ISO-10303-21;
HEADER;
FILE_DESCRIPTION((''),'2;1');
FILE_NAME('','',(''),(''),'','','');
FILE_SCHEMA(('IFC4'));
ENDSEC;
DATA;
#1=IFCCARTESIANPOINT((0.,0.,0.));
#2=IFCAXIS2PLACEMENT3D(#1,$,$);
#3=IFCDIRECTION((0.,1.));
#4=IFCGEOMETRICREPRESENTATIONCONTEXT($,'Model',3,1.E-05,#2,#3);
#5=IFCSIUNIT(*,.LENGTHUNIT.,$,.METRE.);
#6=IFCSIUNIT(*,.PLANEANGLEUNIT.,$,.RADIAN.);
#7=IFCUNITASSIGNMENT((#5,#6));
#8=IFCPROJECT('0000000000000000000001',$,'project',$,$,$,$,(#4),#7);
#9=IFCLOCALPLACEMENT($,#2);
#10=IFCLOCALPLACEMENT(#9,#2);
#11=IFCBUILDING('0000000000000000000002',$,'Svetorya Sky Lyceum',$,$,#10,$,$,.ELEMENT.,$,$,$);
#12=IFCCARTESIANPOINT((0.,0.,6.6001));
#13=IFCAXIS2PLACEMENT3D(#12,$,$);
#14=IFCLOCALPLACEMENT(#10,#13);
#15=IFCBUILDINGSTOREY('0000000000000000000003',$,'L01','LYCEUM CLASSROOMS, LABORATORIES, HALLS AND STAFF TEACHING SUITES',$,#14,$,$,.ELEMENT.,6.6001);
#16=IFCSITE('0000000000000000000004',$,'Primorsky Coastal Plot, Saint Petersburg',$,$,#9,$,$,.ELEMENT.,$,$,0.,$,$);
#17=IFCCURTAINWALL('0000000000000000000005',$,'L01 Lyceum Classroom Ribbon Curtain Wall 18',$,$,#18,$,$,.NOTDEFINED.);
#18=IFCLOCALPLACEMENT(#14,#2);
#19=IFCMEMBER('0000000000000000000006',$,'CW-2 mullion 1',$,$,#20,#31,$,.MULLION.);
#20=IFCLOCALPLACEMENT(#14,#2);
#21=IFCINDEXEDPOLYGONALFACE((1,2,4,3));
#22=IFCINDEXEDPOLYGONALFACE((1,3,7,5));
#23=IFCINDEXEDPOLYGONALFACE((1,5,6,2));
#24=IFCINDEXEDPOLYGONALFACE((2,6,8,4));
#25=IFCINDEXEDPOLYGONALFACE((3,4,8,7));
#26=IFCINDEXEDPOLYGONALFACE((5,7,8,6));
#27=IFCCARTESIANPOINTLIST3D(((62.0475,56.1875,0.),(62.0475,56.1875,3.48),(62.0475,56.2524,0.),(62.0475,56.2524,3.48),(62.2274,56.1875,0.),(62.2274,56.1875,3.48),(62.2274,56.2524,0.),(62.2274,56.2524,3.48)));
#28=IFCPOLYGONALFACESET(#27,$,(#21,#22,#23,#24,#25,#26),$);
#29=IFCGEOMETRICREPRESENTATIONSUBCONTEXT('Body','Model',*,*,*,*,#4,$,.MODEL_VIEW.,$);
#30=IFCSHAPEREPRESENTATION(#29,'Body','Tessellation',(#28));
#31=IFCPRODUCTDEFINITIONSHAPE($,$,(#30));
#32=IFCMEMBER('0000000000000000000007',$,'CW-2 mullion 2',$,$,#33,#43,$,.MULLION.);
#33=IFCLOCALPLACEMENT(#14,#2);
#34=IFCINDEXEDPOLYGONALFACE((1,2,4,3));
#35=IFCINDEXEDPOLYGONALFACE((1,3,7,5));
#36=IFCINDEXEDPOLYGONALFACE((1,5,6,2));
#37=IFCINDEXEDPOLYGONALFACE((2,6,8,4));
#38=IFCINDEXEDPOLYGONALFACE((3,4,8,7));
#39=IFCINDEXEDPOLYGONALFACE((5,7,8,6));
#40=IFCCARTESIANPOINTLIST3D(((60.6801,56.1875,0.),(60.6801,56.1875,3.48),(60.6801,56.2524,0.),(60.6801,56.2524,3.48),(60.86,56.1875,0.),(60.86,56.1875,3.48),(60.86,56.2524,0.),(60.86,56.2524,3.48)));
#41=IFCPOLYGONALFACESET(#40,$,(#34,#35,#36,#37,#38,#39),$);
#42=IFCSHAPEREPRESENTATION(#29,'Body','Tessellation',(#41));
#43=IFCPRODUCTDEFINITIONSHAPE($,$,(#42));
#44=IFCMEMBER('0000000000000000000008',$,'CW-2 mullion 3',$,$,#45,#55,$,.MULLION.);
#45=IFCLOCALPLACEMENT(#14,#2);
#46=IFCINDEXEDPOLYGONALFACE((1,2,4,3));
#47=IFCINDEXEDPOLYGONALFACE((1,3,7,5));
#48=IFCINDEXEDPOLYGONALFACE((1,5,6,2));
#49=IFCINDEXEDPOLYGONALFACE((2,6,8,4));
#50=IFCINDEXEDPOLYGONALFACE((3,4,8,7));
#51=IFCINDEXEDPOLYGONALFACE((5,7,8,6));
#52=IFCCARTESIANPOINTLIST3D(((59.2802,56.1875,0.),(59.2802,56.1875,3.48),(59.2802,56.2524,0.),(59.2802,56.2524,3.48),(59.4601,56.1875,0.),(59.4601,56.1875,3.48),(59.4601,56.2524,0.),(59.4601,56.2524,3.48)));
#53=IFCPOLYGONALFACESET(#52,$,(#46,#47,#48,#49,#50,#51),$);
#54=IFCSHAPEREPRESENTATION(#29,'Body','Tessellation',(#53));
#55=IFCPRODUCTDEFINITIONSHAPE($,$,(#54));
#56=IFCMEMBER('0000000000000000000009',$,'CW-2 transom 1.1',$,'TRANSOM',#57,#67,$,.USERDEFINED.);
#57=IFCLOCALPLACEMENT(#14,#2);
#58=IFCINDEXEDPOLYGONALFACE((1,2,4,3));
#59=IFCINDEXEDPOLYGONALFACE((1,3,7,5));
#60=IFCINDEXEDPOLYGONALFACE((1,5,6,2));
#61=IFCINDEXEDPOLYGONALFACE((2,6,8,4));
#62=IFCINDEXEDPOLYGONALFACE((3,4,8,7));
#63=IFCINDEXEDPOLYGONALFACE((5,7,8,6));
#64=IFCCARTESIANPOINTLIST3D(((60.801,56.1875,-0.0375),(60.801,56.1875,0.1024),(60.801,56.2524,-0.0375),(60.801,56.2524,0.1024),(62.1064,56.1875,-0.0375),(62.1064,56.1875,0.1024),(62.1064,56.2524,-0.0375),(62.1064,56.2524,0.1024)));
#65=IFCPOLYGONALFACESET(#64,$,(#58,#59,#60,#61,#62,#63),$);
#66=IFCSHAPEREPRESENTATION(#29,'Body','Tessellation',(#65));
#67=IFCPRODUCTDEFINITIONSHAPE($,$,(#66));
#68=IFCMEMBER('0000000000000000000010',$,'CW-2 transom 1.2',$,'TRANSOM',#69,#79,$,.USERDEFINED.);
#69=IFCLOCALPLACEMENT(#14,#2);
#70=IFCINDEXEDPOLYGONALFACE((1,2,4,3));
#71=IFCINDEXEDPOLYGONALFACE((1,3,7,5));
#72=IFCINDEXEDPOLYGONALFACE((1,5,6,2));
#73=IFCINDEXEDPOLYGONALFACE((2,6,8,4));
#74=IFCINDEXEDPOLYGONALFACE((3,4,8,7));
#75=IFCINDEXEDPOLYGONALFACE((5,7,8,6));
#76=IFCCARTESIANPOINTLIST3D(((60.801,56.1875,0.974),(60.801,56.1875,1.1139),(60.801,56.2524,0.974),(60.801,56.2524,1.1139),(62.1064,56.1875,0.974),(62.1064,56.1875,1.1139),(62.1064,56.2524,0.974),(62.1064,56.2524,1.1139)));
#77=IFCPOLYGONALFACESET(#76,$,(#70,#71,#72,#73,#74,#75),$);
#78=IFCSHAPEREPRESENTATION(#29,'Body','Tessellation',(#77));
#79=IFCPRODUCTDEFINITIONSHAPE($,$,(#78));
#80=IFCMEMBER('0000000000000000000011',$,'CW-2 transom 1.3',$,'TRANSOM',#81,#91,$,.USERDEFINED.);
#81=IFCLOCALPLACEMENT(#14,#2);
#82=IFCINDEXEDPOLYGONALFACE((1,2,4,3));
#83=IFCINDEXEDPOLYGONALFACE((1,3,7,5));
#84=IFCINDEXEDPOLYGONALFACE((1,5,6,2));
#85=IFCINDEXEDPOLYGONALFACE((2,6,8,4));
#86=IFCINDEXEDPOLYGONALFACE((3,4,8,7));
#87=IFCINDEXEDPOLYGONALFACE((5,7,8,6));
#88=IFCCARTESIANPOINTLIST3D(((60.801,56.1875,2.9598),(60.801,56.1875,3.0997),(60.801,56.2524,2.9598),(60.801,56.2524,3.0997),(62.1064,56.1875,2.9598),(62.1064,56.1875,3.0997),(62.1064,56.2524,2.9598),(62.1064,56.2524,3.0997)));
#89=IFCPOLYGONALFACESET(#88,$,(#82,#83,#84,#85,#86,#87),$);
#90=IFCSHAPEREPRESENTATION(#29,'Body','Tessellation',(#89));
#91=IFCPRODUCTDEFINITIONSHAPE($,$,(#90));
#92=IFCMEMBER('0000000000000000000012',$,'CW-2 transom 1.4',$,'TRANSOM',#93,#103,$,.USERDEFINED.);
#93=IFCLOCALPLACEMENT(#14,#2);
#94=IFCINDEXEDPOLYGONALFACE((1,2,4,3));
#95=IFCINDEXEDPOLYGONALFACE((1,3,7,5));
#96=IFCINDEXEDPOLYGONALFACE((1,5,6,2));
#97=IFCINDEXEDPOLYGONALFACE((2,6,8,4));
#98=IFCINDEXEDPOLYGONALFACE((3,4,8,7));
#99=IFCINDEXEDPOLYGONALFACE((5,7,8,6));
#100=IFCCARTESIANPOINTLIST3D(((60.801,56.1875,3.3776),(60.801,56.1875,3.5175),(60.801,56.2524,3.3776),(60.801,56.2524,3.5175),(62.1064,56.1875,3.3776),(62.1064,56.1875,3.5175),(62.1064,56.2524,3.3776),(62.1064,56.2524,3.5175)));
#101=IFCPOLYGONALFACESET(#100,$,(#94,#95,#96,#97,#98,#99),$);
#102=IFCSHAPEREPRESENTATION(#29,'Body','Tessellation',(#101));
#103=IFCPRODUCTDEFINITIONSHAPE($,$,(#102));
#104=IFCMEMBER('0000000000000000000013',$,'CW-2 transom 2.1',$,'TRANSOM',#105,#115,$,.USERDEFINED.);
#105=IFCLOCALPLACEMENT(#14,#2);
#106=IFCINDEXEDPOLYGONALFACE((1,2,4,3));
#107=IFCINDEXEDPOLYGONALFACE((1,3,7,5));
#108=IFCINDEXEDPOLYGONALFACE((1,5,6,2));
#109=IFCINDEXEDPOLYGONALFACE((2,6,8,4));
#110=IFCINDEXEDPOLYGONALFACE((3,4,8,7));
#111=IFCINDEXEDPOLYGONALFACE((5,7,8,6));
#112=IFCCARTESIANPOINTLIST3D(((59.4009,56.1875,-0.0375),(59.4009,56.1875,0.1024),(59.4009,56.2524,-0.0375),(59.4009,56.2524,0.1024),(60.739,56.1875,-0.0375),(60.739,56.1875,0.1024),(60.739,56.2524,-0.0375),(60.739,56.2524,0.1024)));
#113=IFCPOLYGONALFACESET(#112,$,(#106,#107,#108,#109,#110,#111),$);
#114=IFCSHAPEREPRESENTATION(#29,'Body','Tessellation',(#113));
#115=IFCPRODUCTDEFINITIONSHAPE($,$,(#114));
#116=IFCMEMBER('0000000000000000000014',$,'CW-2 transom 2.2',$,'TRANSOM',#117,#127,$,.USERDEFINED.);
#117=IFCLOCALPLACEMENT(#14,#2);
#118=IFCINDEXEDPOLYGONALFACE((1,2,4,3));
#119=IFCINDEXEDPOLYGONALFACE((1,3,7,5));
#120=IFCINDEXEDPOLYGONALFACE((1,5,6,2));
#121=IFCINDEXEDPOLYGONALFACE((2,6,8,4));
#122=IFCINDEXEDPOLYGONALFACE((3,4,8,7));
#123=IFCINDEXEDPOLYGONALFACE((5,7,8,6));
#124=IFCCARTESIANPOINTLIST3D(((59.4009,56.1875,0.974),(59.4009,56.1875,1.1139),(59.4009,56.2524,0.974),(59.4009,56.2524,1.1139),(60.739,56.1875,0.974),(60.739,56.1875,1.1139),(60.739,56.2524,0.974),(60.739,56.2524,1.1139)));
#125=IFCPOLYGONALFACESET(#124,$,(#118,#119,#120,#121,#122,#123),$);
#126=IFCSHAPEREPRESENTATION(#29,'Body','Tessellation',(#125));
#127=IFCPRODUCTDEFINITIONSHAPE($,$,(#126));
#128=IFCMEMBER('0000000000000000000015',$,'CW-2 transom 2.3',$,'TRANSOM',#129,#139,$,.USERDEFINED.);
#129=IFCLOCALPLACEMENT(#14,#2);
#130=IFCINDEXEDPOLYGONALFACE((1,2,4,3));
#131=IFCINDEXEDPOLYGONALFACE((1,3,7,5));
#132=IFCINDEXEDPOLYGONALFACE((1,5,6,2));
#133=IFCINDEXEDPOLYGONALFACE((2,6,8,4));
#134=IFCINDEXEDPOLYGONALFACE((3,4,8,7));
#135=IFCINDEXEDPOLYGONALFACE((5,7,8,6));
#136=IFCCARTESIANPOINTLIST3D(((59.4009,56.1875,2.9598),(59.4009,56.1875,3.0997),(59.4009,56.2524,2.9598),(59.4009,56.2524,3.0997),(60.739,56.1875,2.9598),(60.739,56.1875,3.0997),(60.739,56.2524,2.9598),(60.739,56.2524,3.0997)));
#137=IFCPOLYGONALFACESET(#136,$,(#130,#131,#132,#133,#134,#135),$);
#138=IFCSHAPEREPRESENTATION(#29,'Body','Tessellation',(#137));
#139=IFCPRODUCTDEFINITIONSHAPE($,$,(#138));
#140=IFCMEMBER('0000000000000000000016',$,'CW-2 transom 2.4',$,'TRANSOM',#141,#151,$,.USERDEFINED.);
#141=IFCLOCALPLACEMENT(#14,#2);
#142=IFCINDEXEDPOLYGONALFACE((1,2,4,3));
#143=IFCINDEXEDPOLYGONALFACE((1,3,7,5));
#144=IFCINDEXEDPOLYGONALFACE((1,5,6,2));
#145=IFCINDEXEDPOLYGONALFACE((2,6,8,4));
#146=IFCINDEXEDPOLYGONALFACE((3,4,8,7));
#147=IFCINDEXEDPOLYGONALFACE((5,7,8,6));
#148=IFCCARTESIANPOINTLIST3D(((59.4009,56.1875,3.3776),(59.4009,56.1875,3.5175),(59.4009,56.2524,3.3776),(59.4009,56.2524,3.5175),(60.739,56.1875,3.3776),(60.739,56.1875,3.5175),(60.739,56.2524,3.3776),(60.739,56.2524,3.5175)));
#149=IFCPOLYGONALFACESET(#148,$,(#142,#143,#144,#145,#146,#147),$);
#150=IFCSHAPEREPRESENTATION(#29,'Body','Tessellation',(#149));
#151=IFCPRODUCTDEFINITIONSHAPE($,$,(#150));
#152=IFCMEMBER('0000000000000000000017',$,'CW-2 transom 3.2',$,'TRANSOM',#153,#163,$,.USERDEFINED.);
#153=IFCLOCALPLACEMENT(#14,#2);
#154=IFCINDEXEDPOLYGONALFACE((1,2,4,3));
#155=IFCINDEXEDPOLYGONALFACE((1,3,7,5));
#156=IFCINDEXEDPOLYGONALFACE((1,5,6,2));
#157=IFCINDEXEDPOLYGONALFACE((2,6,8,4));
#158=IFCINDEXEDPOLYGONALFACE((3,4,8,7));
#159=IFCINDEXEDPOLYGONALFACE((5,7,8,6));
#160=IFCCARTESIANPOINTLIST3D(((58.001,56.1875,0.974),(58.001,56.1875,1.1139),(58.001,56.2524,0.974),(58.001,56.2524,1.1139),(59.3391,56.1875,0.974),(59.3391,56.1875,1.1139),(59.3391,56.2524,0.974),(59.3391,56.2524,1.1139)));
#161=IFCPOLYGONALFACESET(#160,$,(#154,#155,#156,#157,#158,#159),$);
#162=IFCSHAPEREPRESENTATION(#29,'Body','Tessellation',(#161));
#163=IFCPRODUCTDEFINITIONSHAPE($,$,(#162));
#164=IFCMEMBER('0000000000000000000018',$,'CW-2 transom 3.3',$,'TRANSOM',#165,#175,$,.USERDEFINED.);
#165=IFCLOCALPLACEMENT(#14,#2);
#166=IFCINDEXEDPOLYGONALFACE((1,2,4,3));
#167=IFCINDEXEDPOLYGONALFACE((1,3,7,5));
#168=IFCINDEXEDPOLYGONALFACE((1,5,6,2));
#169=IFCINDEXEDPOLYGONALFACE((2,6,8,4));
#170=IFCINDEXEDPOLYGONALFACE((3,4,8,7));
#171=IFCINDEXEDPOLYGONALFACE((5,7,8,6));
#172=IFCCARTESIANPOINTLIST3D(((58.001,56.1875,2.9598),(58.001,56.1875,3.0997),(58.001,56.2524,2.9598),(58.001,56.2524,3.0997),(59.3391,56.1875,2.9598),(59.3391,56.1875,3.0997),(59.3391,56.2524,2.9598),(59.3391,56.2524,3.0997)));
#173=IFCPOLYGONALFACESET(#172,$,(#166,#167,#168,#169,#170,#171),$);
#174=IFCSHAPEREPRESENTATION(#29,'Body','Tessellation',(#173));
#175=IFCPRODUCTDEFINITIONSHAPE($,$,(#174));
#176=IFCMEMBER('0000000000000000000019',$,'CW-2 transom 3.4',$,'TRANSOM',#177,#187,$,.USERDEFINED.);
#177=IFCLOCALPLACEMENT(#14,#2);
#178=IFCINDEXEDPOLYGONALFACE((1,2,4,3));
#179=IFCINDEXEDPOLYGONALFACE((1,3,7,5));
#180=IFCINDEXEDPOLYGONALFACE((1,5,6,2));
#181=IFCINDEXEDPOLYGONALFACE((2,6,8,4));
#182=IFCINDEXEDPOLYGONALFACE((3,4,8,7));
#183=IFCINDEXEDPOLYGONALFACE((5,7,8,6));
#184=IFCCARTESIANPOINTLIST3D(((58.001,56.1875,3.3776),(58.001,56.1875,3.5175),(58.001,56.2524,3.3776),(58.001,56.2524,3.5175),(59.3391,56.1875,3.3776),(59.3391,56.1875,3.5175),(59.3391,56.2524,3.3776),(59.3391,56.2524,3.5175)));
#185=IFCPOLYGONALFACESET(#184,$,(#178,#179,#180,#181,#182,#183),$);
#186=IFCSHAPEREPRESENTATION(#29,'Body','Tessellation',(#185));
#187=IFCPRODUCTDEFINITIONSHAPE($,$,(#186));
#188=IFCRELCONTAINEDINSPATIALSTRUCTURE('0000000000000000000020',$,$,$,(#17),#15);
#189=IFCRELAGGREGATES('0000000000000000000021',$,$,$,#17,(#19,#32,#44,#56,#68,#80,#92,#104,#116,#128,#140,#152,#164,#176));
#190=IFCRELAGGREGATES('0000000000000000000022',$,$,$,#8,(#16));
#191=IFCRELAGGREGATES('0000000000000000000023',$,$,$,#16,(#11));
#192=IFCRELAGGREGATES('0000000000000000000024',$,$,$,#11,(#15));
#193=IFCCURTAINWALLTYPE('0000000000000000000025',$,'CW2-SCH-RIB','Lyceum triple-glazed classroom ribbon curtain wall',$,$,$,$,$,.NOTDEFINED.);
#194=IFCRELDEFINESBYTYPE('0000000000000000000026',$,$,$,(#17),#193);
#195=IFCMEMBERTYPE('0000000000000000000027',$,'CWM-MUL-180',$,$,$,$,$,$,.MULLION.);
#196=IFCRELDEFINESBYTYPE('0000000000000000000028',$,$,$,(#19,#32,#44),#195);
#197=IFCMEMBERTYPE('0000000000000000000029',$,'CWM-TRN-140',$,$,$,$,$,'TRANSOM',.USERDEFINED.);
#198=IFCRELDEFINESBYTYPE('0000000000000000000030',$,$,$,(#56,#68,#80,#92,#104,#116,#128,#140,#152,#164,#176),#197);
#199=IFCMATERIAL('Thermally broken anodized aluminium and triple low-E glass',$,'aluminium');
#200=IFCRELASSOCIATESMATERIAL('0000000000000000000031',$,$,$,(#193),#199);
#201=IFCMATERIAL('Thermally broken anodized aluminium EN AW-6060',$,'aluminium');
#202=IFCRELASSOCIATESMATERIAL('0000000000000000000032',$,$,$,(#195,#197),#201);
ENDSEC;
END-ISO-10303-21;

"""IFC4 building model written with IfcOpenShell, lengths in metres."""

from ifc_helpers import new_model, si_unit, direction, frame, origin, origin_2d, place, context, subcontext, project, spatial, rectangle, extrude, material, material_profile, profile_set, type_object, element, aggregate, save


model = new_model("IFC4")

# Units and contexts
model_context = context("Model", 3, precision=1e-05, world=origin(), true_north=direction((0.0, 1.0)))
body_context = subcontext(model_context, "Body", "Model", "MODEL_VIEW")
ifc_project = project(units=[si_unit("LENGTHUNIT", "METRE"), si_unit("PLANEANGLEUNIT", "RADIAN")], contexts=[model_context])

# Site, building, storey
site_placement = place(None, origin())
site = spatial("IfcSite", under=ifc_project, at=site_placement, Name="Primorsky Coastal Plot, Saint Petersburg", CompositionType="ELEMENT", RefElevation=0.0)
building_placement = place(site_placement, origin())
building = spatial("IfcBuilding", under=site, at=building_placement, Name="Svetorya Sky Lyceum", CompositionType="ELEMENT")
storey_placement = place(building_placement, frame((0.0, 0.0, 6.6001)))
storey = spatial("IfcBuildingStorey", under=building, at=storey_placement, Name="L01", Description="LYCEUM CLASSROOMS, LABORATORIES, HALLS AND STAFF TEACHING SUITES", CompositionType="ELEMENT", Elevation=6.6001)

# Curtain wall, members
ifc_material_1 = material(Name="Thermally broken anodized aluminium and triple low-E glass", Category="aluminium")
curtain_wall_type = type_object("IfcCurtainWallType", Name="CW2-SCH-RIB", Description="Lyceum triple-glazed classroom ribbon curtain wall", PredefinedType="NOTDEFINED", material=ifc_material_1)
curtain_wall_placement = place(storey_placement, origin())
curtain_wall = element("IfcCurtainWall", 1, at=curtain_wall_placement, inside=storey, type_object=curtain_wall_type, Name="L01 Lyceum Classroom Ribbon Curtain Wall 18", PredefinedType="NOTDEFINED")
ifc_material_2 = material(Name="Thermally broken anodized aluminium EN AW-6060", Category="aluminium")
ifc_material_profile_1 = material_profile(ifc_material_2, rectangle(XDim=0.0649, YDim=0.1799, at=origin_2d()), Name="ALU MULLION 65x180")
ifc_profile_set_1 = profile_set([ifc_material_profile_1], Name="Thermally broken anodized aluminium EN AW-6060")
member_type_1 = type_object("IfcMemberType", Name="CWM-MUL-180", PredefinedType="MULLION", material=ifc_profile_set_1)
member_1_placement = place(storey_placement, frame((62.1375, 56.22, 0.0), z_axis=(0.0, 0.0, 1.0), x_axis=(0.0, -1.0, 0.0)))
member_1 = element("IfcMember", 2, at=member_1_placement, type_object=member_type_1, Name="CW-2 mullion 1", PredefinedType="MULLION", context=body_context, shape_type="SweptSolid", body=[
    extrude(rectangle(XDim=0.0649, YDim=0.1799, at=origin_2d()), origin(), (0.0, 0.0, 1.0), 3.48),
])
member_2_placement = place(storey_placement, frame((60.77, 56.22, 0.0), z_axis=(0.0, 0.0, 1.0), x_axis=(0.0, -1.0, 0.0)))
member_2 = element("IfcMember", 3, at=member_2_placement, type_object=member_type_1, Name="CW-2 mullion 2", PredefinedType="MULLION", context=body_context, shape_type="SweptSolid", body=[
    extrude(rectangle(XDim=0.0649, YDim=0.1799, at=origin_2d()), origin(), (0.0, 0.0, 1.0), 3.48),
])
member_3_placement = place(storey_placement, frame((59.3701, 56.22, 0.0), z_axis=(0.0, 0.0, 1.0), x_axis=(0.0, -1.0, 0.0)))
member_3 = element("IfcMember", 4, at=member_3_placement, type_object=member_type_1, Name="CW-2 mullion 3", PredefinedType="MULLION", context=body_context, shape_type="SweptSolid", body=[
    extrude(rectangle(XDim=0.0649, YDim=0.1799, at=origin_2d()), origin(), (0.0, 0.0, 1.0), 3.48),
])
ifc_material_profile_2 = material_profile(ifc_material_2, rectangle(XDim=0.0649, YDim=0.1399, at=origin_2d()), Name="ALU TRANSOM 65x140")
ifc_profile_set_2 = profile_set([ifc_material_profile_2], Name="Thermally broken anodized aluminium EN AW-6060")
member_type_2 = type_object("IfcMemberType", Name="CWM-TRN-140", ElementType="TRANSOM", PredefinedType="USERDEFINED", material=ifc_profile_set_2)
member_4_placement = place(storey_placement, frame((62.1064, 56.22, 0.0325), z_axis=(-1.0, 0.0, 0.0), x_axis=(0.0, -1.0, 0.0)))
member_4 = element("IfcMember", 5, at=member_4_placement, type_object=member_type_2, Name="CW-2 transom 1.1", ObjectType="TRANSOM", PredefinedType="USERDEFINED", context=body_context, shape_type="SweptSolid", body=[
    extrude(rectangle(XDim=0.0649, YDim=0.1399, at=origin_2d()), origin(), (0.0, 0.0, 1.0), 1.3054),
])
member_5_placement = place(storey_placement, frame((62.1064, 56.22, 1.0439), z_axis=(-1.0, 0.0, 0.0), x_axis=(0.0, -1.0, 0.0)))
member_5 = element("IfcMember", 6, at=member_5_placement, type_object=member_type_2, Name="CW-2 transom 1.2", ObjectType="TRANSOM", PredefinedType="USERDEFINED", context=body_context, shape_type="SweptSolid", body=[
    extrude(rectangle(XDim=0.0649, YDim=0.1399, at=origin_2d()), origin(), (0.0, 0.0, 1.0), 1.3054),
])
member_6_placement = place(storey_placement, frame((62.1064, 56.22, 3.0298), z_axis=(-1.0, 0.0, 0.0), x_axis=(0.0, -1.0, 0.0)))
member_6 = element("IfcMember", 7, at=member_6_placement, type_object=member_type_2, Name="CW-2 transom 1.3", ObjectType="TRANSOM", PredefinedType="USERDEFINED", context=body_context, shape_type="SweptSolid", body=[
    extrude(rectangle(XDim=0.0649, YDim=0.1399, at=origin_2d()), origin(), (0.0, 0.0, 1.0), 1.3054),
])
member_7_placement = place(storey_placement, frame((62.1064, 56.22, 3.4475), z_axis=(-1.0, 0.0, 0.0), x_axis=(0.0, -1.0, 0.0)))
member_7 = element("IfcMember", 8, at=member_7_placement, type_object=member_type_2, Name="CW-2 transom 1.4", ObjectType="TRANSOM", PredefinedType="USERDEFINED", context=body_context, shape_type="SweptSolid", body=[
    extrude(rectangle(XDim=0.0649, YDim=0.1399, at=origin_2d()), origin(), (0.0, 0.0, 1.0), 1.3054),
])
member_8_placement = place(storey_placement, frame((60.739, 56.22, 0.0325), z_axis=(-1.0, 0.0, 0.0), x_axis=(0.0, -1.0, 0.0)))
member_8 = element("IfcMember", 9, at=member_8_placement, type_object=member_type_2, Name="CW-2 transom 2.1", ObjectType="TRANSOM", PredefinedType="USERDEFINED", context=body_context, shape_type="SweptSolid", body=[
    extrude(rectangle(XDim=0.0649, YDim=0.1399, at=origin_2d()), origin(), (0.0, 0.0, 1.0), 1.3381),
])
member_9_placement = place(storey_placement, frame((60.739, 56.22, 1.0439), z_axis=(-1.0, 0.0, 0.0), x_axis=(0.0, -1.0, 0.0)))
member_9 = element("IfcMember", 10, at=member_9_placement, type_object=member_type_2, Name="CW-2 transom 2.2", ObjectType="TRANSOM", PredefinedType="USERDEFINED", context=body_context, shape_type="SweptSolid", body=[
    extrude(rectangle(XDim=0.0649, YDim=0.1399, at=origin_2d()), origin(), (0.0, 0.0, 1.0), 1.3381),
])
member_10_placement = place(storey_placement, frame((60.739, 56.22, 3.0298), z_axis=(-1.0, 0.0, 0.0), x_axis=(0.0, -1.0, 0.0)))
member_10 = element("IfcMember", 11, at=member_10_placement, type_object=member_type_2, Name="CW-2 transom 2.3", ObjectType="TRANSOM", PredefinedType="USERDEFINED", context=body_context, shape_type="SweptSolid", body=[
    extrude(rectangle(XDim=0.0649, YDim=0.1399, at=origin_2d()), origin(), (0.0, 0.0, 1.0), 1.3381),
])
member_11_placement = place(storey_placement, frame((60.739, 56.22, 3.4475), z_axis=(-1.0, 0.0, 0.0), x_axis=(0.0, -1.0, 0.0)))
member_11 = element("IfcMember", 12, at=member_11_placement, type_object=member_type_2, Name="CW-2 transom 2.4", ObjectType="TRANSOM", PredefinedType="USERDEFINED", context=body_context, shape_type="SweptSolid", body=[
    extrude(rectangle(XDim=0.0649, YDim=0.1399, at=origin_2d()), origin(), (0.0, 0.0, 1.0), 1.3381),
])
member_12_placement = place(storey_placement, frame((59.3391, 56.22, 1.0439), z_axis=(-1.0, 0.0, 0.0), x_axis=(0.0, -1.0, 0.0)))
member_12 = element("IfcMember", 13, at=member_12_placement, type_object=member_type_2, Name="CW-2 transom 3.2", ObjectType="TRANSOM", PredefinedType="USERDEFINED", context=body_context, shape_type="SweptSolid", body=[
    extrude(rectangle(XDim=0.0649, YDim=0.1399, at=origin_2d()), origin(), (0.0, 0.0, 1.0), 1.3381),
])
member_13_placement = place(storey_placement, frame((59.3391, 56.22, 3.0298), z_axis=(-1.0, 0.0, 0.0), x_axis=(0.0, -1.0, 0.0)))
member_13 = element("IfcMember", 14, at=member_13_placement, type_object=member_type_2, Name="CW-2 transom 3.3", ObjectType="TRANSOM", PredefinedType="USERDEFINED", context=body_context, shape_type="SweptSolid", body=[
    extrude(rectangle(XDim=0.0649, YDim=0.1399, at=origin_2d()), origin(), (0.0, 0.0, 1.0), 1.3381),
])
member_14_placement = place(storey_placement, frame((59.3391, 56.22, 3.4475), z_axis=(-1.0, 0.0, 0.0), x_axis=(0.0, -1.0, 0.0)))
member_14 = element("IfcMember", 15, at=member_14_placement, type_object=member_type_2, Name="CW-2 transom 3.4", ObjectType="TRANSOM", PredefinedType="USERDEFINED", context=body_context, shape_type="SweptSolid", body=[
    extrude(rectangle(XDim=0.0649, YDim=0.1399, at=origin_2d()), origin(), (0.0, 0.0, 1.0), 1.3381),
])
aggregate(curtain_wall, [member_1, member_2, member_3, member_4, member_5, member_6, member_7, member_8, member_9, member_10, member_11, member_12, member_13, member_14])

save(model, "model.ifc")
